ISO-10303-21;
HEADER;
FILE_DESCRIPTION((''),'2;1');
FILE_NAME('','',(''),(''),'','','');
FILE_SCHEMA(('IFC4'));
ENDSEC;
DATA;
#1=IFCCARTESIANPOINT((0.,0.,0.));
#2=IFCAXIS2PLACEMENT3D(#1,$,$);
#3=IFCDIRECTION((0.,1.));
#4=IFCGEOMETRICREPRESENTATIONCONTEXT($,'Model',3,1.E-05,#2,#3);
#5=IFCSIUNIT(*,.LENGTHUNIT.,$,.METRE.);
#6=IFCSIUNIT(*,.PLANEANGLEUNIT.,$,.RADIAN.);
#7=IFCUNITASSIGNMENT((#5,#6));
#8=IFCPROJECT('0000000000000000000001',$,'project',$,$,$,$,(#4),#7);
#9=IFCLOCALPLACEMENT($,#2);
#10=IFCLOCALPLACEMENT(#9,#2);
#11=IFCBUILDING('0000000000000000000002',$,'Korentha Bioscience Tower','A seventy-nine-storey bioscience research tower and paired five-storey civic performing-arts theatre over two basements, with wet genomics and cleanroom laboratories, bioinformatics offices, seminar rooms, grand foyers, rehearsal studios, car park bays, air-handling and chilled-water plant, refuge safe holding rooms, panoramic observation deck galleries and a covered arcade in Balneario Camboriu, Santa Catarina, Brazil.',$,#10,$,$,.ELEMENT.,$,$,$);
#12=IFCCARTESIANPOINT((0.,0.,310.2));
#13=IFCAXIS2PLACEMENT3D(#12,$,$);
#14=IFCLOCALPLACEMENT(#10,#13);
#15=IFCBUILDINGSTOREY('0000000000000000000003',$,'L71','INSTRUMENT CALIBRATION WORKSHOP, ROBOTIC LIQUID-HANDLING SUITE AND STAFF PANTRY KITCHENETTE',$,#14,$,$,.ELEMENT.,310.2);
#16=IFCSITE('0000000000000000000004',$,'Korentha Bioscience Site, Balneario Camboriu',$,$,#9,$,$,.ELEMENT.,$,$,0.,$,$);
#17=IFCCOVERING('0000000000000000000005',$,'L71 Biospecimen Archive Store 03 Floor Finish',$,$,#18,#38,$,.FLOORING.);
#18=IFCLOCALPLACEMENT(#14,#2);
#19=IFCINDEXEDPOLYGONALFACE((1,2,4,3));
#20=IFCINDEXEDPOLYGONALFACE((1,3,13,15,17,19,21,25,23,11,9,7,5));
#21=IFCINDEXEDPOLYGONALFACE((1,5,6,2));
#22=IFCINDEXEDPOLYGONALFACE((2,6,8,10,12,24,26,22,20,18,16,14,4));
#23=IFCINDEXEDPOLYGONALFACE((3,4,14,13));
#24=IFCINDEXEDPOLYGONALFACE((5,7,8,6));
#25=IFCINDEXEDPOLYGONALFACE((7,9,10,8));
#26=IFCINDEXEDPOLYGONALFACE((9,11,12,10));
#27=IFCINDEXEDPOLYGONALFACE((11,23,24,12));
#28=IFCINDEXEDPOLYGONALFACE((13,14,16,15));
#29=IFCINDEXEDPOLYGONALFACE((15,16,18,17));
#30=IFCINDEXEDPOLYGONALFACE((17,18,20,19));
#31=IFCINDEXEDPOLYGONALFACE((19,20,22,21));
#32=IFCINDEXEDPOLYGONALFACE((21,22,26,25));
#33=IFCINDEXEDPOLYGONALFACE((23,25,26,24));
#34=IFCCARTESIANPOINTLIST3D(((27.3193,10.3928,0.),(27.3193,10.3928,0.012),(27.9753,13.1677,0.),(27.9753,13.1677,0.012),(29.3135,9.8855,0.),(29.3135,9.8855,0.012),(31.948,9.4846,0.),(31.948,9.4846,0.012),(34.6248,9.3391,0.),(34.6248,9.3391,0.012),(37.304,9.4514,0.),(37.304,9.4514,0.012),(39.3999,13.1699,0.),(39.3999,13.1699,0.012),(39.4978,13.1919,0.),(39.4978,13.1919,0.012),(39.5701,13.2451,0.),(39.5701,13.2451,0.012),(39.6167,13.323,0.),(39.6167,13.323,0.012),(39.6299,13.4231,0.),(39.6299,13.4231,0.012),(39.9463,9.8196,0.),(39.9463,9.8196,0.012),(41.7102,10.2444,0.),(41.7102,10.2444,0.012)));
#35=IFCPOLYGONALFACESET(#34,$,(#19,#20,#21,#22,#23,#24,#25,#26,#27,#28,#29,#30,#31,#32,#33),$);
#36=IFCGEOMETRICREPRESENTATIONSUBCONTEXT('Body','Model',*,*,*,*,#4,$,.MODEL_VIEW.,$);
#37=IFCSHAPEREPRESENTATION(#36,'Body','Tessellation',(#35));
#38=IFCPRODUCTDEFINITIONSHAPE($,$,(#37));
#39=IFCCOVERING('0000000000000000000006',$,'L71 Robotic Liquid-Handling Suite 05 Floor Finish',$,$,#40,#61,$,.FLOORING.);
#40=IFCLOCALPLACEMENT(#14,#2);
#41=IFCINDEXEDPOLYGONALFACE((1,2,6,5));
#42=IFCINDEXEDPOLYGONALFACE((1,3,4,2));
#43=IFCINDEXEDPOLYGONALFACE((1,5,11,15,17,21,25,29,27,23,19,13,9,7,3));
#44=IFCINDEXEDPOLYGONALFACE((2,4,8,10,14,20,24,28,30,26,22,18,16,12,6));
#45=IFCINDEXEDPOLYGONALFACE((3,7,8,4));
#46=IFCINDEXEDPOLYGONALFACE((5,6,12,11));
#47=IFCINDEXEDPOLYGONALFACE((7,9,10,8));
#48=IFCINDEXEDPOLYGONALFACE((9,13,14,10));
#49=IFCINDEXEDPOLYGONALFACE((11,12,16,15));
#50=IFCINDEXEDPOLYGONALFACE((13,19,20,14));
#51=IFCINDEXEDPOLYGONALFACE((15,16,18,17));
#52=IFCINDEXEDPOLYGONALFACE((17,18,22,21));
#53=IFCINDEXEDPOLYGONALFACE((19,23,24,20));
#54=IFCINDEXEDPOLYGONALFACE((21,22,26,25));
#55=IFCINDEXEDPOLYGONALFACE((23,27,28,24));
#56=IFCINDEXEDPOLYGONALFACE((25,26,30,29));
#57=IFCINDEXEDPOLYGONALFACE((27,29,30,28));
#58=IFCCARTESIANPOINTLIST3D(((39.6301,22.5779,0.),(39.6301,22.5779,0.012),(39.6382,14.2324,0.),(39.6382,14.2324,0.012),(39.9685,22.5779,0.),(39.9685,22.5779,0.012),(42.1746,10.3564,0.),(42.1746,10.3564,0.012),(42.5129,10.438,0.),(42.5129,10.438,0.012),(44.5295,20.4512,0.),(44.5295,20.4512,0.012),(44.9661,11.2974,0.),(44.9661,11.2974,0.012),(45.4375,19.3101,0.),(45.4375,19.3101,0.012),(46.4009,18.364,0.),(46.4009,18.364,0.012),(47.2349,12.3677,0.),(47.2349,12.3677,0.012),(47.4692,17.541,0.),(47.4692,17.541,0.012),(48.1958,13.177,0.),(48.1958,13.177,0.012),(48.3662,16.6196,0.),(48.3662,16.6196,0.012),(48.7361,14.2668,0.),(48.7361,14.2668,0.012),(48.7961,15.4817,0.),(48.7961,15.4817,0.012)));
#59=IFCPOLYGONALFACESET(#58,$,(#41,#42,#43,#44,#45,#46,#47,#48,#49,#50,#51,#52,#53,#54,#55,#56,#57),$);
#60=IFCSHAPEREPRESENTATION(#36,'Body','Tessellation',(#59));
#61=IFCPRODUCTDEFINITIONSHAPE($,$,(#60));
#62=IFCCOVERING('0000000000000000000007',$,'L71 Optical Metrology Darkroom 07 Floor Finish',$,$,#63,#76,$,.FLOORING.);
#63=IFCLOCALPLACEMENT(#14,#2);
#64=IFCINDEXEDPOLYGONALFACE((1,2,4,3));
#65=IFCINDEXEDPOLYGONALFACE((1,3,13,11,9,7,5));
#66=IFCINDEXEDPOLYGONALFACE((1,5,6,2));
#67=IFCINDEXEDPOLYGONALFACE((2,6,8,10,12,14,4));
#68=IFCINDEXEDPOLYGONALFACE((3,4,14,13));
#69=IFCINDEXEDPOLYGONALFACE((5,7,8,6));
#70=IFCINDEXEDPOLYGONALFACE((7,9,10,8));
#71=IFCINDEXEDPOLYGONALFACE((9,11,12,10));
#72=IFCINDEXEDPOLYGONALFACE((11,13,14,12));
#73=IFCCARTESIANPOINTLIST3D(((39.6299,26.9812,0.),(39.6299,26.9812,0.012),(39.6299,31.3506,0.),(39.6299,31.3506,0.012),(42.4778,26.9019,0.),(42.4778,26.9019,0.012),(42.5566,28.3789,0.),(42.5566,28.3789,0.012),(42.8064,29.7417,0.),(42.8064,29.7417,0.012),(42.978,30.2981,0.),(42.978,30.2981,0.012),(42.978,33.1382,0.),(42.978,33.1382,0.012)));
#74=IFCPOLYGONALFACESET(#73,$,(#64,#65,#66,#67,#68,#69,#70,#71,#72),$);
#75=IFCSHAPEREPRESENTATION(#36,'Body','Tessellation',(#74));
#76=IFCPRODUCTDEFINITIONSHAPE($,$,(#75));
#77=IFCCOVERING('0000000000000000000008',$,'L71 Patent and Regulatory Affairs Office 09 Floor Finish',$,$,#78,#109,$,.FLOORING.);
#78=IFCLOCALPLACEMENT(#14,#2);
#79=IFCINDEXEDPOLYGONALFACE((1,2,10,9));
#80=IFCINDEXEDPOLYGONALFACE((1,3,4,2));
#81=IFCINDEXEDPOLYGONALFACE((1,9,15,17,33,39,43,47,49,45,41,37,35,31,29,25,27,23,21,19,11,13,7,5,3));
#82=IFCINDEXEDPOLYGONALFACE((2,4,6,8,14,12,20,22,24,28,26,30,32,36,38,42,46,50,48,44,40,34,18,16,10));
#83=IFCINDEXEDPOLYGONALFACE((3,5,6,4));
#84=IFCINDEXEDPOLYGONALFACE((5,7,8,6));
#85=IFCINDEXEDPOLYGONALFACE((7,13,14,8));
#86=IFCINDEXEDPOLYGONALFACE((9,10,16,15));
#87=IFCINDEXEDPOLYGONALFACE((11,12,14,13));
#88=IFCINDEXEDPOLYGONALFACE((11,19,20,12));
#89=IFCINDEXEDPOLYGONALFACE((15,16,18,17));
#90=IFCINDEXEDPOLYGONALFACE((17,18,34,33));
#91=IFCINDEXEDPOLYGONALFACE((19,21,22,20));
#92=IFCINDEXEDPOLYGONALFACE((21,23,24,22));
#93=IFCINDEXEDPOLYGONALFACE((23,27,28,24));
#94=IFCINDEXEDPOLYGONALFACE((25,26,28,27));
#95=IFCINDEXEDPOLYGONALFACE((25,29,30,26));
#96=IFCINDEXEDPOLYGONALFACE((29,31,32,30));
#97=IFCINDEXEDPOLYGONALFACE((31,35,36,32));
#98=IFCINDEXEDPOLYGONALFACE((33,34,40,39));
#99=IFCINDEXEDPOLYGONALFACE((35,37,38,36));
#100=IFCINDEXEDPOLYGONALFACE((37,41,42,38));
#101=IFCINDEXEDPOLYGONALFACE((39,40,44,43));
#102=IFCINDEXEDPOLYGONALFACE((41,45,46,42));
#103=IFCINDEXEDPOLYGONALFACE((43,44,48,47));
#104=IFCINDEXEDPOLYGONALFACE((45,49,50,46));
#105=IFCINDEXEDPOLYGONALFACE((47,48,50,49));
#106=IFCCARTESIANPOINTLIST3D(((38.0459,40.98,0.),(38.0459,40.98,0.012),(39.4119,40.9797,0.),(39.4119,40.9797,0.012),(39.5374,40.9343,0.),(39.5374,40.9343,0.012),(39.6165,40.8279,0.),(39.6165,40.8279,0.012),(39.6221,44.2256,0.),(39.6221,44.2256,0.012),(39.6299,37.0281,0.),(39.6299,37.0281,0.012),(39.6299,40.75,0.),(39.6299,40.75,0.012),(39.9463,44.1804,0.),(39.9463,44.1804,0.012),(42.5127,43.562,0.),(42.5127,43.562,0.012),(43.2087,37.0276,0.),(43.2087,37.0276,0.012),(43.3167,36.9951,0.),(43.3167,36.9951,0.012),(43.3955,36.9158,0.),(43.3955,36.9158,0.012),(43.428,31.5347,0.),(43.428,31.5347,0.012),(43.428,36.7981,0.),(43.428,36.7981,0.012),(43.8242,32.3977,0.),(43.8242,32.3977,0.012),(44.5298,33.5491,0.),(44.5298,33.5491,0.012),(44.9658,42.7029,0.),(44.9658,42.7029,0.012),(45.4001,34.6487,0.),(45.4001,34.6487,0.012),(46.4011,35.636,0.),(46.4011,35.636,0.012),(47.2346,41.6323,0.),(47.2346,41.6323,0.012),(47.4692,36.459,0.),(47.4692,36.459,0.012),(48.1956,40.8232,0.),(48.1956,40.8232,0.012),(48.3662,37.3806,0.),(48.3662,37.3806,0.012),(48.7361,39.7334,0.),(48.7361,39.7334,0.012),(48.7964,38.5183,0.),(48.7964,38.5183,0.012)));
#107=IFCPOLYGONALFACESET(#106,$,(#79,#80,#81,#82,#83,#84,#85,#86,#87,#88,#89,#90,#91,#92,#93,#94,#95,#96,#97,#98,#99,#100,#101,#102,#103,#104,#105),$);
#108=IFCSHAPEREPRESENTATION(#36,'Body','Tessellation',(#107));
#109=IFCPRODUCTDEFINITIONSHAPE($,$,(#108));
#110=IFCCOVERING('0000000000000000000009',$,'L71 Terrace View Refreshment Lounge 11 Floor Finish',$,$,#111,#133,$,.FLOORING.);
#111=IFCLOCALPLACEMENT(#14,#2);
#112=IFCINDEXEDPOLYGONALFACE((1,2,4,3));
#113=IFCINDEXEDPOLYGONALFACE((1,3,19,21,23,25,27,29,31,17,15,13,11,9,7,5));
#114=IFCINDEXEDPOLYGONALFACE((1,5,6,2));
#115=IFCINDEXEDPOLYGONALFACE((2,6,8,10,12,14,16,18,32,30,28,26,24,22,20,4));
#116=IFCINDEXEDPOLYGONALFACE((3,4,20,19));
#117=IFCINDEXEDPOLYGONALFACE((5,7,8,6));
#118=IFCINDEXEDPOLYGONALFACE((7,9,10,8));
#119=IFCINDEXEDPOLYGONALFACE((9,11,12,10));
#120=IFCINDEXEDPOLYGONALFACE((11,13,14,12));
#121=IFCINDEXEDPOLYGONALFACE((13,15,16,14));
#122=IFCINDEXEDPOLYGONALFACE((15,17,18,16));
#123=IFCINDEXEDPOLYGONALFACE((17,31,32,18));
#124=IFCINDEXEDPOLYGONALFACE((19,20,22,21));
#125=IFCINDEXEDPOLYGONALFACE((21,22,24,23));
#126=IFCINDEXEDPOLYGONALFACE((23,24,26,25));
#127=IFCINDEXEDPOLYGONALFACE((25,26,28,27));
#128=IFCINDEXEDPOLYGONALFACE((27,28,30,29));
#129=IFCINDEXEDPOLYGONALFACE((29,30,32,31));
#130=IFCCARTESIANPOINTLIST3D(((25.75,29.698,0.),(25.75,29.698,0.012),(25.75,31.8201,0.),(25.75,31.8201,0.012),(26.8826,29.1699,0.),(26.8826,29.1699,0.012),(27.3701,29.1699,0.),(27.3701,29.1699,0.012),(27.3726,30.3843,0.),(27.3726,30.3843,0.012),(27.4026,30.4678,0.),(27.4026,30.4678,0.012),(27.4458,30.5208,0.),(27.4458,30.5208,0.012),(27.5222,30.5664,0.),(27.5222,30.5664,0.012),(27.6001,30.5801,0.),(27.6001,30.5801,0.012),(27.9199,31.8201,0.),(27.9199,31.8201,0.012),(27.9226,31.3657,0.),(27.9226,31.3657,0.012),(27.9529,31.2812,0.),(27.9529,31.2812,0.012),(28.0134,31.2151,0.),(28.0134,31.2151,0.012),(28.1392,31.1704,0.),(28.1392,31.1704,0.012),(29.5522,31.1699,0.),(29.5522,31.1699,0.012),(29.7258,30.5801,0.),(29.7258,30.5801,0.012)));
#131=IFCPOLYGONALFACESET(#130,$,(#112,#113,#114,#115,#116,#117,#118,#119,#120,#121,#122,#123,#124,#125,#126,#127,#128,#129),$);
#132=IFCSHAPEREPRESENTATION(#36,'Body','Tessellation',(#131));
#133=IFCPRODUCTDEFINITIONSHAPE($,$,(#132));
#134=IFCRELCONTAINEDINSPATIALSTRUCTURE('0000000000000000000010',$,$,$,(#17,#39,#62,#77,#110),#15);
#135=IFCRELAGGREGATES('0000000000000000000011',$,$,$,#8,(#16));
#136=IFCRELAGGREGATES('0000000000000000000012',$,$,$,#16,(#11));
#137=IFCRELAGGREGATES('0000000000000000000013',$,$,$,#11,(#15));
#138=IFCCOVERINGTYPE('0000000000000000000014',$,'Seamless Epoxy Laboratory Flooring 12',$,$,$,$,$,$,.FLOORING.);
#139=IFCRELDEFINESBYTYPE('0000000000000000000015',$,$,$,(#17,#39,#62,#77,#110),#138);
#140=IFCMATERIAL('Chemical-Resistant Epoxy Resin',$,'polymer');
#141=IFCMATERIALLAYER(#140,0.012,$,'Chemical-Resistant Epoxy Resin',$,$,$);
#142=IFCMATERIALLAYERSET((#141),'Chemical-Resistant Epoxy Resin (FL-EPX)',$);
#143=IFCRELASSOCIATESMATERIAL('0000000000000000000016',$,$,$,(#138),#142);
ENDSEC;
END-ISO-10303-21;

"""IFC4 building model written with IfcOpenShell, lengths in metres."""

from ifc_helpers import new_model, si_unit, direction, frame, origin, place, context, subcontext, project, spatial, polyline, outline, extrude, material, layer, layer_set, type_object, element, save


model = new_model("IFC4")

# Units and contexts
model_context = context("Model", 3, precision=1e-05, world=origin(), true_north=direction((0.0, 1.0)))
body_context = subcontext(model_context, "Body", "Model", "MODEL_VIEW")
ifc_project = project(units=[si_unit("LENGTHUNIT", "METRE"), si_unit("PLANEANGLEUNIT", "RADIAN")], contexts=[model_context])

# Site, building, storey
site_placement = place(None, origin())
site = spatial("IfcSite", under=ifc_project, at=site_placement, Name="Korentha Bioscience Site, Balneario Camboriu", CompositionType="ELEMENT", RefElevation=0.0)
building_placement = place(site_placement, origin())
building = spatial("IfcBuilding", under=site, at=building_placement, Name="Korentha Bioscience Tower", Description="A seventy-nine-storey bioscience research tower and paired five-storey civic performing-arts theatre over two basements, with wet genomics and cleanroom laboratories, bioinformatics offices, seminar rooms, grand foyers, rehearsal studios, car park bays, air-handling and chilled-water plant, refuge safe holding rooms, panoramic observation deck galleries and a covered arcade in Balneario Camboriu, Santa Catarina, Brazil.", CompositionType="ELEMENT")
storey_placement = place(building_placement, frame((0.0, 0.0, 310.2)))
storey = spatial("IfcBuildingStorey", under=building, at=storey_placement, Name="L71", Description="INSTRUMENT CALIBRATION WORKSHOP, ROBOTIC LIQUID-HANDLING SUITE AND STAFF PANTRY KITCHENETTE", CompositionType="ELEMENT", Elevation=310.2)

# Coverings
ifc_material_1 = material(Name="Chemical-Resistant Epoxy Resin", Category="polymer")
ifc_layer_1 = layer(ifc_material_1, 0.012, Name="Chemical-Resistant Epoxy Resin")
ifc_layer_set_1 = layer_set([ifc_layer_1], Name="Chemical-Resistant Epoxy Resin (FL-EPX)")
covering_type_1 = type_object("IfcCoveringType", Name="Seamless Epoxy Laboratory Flooring 12", PredefinedType="FLOORING", material=ifc_layer_set_1)
covering_1_placement = place(storey_placement, origin())
element("IfcCovering", 1, at=covering_1_placement, inside=storey, type_object=covering_type_1, Name="L71 Biospecimen Archive Store 03 Floor Finish", PredefinedType="FLOORING", context=body_context, shape_type="SweptSolid", body=[
    extrude(outline(polyline([(27.9753, 13.1677), (39.3999, 13.1699), (39.4978, 13.1919), (39.5701, 13.2451), (39.6167, 13.323), (39.6299, 13.4231), (41.7102, 10.2444), (39.9463, 9.8196), (37.304, 9.4514), (34.6248, 9.3391), (31.948, 9.4846), (29.3135, 9.8855), (27.3193, 10.3928), (27.9753, 13.1677)])), origin(), (0.0, 0.0, 1.0), 0.012),
])
covering_2_placement = place(storey_placement, origin())
element("IfcCovering", 2, at=covering_2_placement, inside=storey, type_object=covering_type_1, Name="L71 Robotic Liquid-Handling Suite 05 Floor Finish", PredefinedType="FLOORING", context=body_context, shape_type="SweptSolid", body=[
    extrude(outline(polyline([(39.9685, 22.5779), (44.5295, 20.4512), (45.4375, 19.3101), (46.4009, 18.364), (47.4692, 17.541), (48.3662, 16.6196), (48.7961, 15.4817), (48.7361, 14.2668), (48.1958, 13.177), (47.2349, 12.3677), (44.9661, 11.2974), (42.5129, 10.438), (42.1746, 10.3564), (39.6382, 14.2324), (39.6301, 22.5779), (39.9685, 22.5779)])), origin(), (0.0, 0.0, 1.0), 0.012),
])
covering_3_placement = place(storey_placement, origin())
element("IfcCovering", 3, at=covering_3_placement, inside=storey, type_object=covering_type_1, Name="L71 Optical Metrology Darkroom 07 Floor Finish", PredefinedType="FLOORING", context=body_context, shape_type="SweptSolid", body=[
    extrude(outline(polyline([(42.8064, 29.7417), (42.5566, 28.3789), (42.4778, 26.9019), (39.6299, 26.9812), (39.6299, 31.3506), (42.978, 33.1382), (42.978, 30.2981), (42.8064, 29.7417)])), origin(), (0.0, 0.0, 1.0), 0.012),
])
covering_4_placement = place(storey_placement, origin())
element("IfcCovering", 4, at=covering_4_placement, inside=storey, type_object=covering_type_1, Name="L71 Patent and Regulatory Affairs Office 09 Floor Finish", PredefinedType="FLOORING", context=body_context, shape_type="SweptSolid", body=[
    extrude(outline(polyline([(39.9463, 44.1804), (42.5127, 43.562), (44.9658, 42.7029), (47.2346, 41.6323), (48.1956, 40.8232), (48.7361, 39.7334), (48.7964, 38.5183), (48.3662, 37.3806), (47.4692, 36.459), (46.4011, 35.636), (45.4001, 34.6487), (44.5298, 33.5491), (43.8242, 32.3977), (43.428, 31.5347), (43.428, 36.7981), (43.3955, 36.9158), (43.3167, 36.9951), (43.2087, 37.0276), (39.6299, 37.0281), (39.6299, 40.75), (39.6165, 40.8279), (39.5374, 40.9343), (39.4119, 40.9797), (38.0459, 40.98), (39.6221, 44.2256), (39.9463, 44.1804)])), origin(), (0.0, 0.0, 1.0), 0.012),
])
covering_5_placement = place(storey_placement, origin())
element("IfcCovering", 5, at=covering_5_placement, inside=storey, type_object=covering_type_1, Name="L71 Terrace View Refreshment Lounge 11 Floor Finish", PredefinedType="FLOORING", context=body_context, shape_type="SweptSolid", body=[
    extrude(outline(polyline([(27.6001, 30.5801), (27.5222, 30.5664), (27.4458, 30.5208), (27.4026, 30.4678), (27.3726, 30.3843), (27.3701, 29.1699), (26.8826, 29.1699), (25.75, 29.698), (25.75, 31.8201), (27.9199, 31.8201), (27.9226, 31.3657), (27.9529, 31.2812), (28.0134, 31.2151), (28.1392, 31.1704), (29.5522, 31.1699), (29.7258, 30.5801), (27.6001, 30.5801)])), origin(), (0.0, 0.0, 1.0), 0.012),
])

save(model, "model.ifc")
